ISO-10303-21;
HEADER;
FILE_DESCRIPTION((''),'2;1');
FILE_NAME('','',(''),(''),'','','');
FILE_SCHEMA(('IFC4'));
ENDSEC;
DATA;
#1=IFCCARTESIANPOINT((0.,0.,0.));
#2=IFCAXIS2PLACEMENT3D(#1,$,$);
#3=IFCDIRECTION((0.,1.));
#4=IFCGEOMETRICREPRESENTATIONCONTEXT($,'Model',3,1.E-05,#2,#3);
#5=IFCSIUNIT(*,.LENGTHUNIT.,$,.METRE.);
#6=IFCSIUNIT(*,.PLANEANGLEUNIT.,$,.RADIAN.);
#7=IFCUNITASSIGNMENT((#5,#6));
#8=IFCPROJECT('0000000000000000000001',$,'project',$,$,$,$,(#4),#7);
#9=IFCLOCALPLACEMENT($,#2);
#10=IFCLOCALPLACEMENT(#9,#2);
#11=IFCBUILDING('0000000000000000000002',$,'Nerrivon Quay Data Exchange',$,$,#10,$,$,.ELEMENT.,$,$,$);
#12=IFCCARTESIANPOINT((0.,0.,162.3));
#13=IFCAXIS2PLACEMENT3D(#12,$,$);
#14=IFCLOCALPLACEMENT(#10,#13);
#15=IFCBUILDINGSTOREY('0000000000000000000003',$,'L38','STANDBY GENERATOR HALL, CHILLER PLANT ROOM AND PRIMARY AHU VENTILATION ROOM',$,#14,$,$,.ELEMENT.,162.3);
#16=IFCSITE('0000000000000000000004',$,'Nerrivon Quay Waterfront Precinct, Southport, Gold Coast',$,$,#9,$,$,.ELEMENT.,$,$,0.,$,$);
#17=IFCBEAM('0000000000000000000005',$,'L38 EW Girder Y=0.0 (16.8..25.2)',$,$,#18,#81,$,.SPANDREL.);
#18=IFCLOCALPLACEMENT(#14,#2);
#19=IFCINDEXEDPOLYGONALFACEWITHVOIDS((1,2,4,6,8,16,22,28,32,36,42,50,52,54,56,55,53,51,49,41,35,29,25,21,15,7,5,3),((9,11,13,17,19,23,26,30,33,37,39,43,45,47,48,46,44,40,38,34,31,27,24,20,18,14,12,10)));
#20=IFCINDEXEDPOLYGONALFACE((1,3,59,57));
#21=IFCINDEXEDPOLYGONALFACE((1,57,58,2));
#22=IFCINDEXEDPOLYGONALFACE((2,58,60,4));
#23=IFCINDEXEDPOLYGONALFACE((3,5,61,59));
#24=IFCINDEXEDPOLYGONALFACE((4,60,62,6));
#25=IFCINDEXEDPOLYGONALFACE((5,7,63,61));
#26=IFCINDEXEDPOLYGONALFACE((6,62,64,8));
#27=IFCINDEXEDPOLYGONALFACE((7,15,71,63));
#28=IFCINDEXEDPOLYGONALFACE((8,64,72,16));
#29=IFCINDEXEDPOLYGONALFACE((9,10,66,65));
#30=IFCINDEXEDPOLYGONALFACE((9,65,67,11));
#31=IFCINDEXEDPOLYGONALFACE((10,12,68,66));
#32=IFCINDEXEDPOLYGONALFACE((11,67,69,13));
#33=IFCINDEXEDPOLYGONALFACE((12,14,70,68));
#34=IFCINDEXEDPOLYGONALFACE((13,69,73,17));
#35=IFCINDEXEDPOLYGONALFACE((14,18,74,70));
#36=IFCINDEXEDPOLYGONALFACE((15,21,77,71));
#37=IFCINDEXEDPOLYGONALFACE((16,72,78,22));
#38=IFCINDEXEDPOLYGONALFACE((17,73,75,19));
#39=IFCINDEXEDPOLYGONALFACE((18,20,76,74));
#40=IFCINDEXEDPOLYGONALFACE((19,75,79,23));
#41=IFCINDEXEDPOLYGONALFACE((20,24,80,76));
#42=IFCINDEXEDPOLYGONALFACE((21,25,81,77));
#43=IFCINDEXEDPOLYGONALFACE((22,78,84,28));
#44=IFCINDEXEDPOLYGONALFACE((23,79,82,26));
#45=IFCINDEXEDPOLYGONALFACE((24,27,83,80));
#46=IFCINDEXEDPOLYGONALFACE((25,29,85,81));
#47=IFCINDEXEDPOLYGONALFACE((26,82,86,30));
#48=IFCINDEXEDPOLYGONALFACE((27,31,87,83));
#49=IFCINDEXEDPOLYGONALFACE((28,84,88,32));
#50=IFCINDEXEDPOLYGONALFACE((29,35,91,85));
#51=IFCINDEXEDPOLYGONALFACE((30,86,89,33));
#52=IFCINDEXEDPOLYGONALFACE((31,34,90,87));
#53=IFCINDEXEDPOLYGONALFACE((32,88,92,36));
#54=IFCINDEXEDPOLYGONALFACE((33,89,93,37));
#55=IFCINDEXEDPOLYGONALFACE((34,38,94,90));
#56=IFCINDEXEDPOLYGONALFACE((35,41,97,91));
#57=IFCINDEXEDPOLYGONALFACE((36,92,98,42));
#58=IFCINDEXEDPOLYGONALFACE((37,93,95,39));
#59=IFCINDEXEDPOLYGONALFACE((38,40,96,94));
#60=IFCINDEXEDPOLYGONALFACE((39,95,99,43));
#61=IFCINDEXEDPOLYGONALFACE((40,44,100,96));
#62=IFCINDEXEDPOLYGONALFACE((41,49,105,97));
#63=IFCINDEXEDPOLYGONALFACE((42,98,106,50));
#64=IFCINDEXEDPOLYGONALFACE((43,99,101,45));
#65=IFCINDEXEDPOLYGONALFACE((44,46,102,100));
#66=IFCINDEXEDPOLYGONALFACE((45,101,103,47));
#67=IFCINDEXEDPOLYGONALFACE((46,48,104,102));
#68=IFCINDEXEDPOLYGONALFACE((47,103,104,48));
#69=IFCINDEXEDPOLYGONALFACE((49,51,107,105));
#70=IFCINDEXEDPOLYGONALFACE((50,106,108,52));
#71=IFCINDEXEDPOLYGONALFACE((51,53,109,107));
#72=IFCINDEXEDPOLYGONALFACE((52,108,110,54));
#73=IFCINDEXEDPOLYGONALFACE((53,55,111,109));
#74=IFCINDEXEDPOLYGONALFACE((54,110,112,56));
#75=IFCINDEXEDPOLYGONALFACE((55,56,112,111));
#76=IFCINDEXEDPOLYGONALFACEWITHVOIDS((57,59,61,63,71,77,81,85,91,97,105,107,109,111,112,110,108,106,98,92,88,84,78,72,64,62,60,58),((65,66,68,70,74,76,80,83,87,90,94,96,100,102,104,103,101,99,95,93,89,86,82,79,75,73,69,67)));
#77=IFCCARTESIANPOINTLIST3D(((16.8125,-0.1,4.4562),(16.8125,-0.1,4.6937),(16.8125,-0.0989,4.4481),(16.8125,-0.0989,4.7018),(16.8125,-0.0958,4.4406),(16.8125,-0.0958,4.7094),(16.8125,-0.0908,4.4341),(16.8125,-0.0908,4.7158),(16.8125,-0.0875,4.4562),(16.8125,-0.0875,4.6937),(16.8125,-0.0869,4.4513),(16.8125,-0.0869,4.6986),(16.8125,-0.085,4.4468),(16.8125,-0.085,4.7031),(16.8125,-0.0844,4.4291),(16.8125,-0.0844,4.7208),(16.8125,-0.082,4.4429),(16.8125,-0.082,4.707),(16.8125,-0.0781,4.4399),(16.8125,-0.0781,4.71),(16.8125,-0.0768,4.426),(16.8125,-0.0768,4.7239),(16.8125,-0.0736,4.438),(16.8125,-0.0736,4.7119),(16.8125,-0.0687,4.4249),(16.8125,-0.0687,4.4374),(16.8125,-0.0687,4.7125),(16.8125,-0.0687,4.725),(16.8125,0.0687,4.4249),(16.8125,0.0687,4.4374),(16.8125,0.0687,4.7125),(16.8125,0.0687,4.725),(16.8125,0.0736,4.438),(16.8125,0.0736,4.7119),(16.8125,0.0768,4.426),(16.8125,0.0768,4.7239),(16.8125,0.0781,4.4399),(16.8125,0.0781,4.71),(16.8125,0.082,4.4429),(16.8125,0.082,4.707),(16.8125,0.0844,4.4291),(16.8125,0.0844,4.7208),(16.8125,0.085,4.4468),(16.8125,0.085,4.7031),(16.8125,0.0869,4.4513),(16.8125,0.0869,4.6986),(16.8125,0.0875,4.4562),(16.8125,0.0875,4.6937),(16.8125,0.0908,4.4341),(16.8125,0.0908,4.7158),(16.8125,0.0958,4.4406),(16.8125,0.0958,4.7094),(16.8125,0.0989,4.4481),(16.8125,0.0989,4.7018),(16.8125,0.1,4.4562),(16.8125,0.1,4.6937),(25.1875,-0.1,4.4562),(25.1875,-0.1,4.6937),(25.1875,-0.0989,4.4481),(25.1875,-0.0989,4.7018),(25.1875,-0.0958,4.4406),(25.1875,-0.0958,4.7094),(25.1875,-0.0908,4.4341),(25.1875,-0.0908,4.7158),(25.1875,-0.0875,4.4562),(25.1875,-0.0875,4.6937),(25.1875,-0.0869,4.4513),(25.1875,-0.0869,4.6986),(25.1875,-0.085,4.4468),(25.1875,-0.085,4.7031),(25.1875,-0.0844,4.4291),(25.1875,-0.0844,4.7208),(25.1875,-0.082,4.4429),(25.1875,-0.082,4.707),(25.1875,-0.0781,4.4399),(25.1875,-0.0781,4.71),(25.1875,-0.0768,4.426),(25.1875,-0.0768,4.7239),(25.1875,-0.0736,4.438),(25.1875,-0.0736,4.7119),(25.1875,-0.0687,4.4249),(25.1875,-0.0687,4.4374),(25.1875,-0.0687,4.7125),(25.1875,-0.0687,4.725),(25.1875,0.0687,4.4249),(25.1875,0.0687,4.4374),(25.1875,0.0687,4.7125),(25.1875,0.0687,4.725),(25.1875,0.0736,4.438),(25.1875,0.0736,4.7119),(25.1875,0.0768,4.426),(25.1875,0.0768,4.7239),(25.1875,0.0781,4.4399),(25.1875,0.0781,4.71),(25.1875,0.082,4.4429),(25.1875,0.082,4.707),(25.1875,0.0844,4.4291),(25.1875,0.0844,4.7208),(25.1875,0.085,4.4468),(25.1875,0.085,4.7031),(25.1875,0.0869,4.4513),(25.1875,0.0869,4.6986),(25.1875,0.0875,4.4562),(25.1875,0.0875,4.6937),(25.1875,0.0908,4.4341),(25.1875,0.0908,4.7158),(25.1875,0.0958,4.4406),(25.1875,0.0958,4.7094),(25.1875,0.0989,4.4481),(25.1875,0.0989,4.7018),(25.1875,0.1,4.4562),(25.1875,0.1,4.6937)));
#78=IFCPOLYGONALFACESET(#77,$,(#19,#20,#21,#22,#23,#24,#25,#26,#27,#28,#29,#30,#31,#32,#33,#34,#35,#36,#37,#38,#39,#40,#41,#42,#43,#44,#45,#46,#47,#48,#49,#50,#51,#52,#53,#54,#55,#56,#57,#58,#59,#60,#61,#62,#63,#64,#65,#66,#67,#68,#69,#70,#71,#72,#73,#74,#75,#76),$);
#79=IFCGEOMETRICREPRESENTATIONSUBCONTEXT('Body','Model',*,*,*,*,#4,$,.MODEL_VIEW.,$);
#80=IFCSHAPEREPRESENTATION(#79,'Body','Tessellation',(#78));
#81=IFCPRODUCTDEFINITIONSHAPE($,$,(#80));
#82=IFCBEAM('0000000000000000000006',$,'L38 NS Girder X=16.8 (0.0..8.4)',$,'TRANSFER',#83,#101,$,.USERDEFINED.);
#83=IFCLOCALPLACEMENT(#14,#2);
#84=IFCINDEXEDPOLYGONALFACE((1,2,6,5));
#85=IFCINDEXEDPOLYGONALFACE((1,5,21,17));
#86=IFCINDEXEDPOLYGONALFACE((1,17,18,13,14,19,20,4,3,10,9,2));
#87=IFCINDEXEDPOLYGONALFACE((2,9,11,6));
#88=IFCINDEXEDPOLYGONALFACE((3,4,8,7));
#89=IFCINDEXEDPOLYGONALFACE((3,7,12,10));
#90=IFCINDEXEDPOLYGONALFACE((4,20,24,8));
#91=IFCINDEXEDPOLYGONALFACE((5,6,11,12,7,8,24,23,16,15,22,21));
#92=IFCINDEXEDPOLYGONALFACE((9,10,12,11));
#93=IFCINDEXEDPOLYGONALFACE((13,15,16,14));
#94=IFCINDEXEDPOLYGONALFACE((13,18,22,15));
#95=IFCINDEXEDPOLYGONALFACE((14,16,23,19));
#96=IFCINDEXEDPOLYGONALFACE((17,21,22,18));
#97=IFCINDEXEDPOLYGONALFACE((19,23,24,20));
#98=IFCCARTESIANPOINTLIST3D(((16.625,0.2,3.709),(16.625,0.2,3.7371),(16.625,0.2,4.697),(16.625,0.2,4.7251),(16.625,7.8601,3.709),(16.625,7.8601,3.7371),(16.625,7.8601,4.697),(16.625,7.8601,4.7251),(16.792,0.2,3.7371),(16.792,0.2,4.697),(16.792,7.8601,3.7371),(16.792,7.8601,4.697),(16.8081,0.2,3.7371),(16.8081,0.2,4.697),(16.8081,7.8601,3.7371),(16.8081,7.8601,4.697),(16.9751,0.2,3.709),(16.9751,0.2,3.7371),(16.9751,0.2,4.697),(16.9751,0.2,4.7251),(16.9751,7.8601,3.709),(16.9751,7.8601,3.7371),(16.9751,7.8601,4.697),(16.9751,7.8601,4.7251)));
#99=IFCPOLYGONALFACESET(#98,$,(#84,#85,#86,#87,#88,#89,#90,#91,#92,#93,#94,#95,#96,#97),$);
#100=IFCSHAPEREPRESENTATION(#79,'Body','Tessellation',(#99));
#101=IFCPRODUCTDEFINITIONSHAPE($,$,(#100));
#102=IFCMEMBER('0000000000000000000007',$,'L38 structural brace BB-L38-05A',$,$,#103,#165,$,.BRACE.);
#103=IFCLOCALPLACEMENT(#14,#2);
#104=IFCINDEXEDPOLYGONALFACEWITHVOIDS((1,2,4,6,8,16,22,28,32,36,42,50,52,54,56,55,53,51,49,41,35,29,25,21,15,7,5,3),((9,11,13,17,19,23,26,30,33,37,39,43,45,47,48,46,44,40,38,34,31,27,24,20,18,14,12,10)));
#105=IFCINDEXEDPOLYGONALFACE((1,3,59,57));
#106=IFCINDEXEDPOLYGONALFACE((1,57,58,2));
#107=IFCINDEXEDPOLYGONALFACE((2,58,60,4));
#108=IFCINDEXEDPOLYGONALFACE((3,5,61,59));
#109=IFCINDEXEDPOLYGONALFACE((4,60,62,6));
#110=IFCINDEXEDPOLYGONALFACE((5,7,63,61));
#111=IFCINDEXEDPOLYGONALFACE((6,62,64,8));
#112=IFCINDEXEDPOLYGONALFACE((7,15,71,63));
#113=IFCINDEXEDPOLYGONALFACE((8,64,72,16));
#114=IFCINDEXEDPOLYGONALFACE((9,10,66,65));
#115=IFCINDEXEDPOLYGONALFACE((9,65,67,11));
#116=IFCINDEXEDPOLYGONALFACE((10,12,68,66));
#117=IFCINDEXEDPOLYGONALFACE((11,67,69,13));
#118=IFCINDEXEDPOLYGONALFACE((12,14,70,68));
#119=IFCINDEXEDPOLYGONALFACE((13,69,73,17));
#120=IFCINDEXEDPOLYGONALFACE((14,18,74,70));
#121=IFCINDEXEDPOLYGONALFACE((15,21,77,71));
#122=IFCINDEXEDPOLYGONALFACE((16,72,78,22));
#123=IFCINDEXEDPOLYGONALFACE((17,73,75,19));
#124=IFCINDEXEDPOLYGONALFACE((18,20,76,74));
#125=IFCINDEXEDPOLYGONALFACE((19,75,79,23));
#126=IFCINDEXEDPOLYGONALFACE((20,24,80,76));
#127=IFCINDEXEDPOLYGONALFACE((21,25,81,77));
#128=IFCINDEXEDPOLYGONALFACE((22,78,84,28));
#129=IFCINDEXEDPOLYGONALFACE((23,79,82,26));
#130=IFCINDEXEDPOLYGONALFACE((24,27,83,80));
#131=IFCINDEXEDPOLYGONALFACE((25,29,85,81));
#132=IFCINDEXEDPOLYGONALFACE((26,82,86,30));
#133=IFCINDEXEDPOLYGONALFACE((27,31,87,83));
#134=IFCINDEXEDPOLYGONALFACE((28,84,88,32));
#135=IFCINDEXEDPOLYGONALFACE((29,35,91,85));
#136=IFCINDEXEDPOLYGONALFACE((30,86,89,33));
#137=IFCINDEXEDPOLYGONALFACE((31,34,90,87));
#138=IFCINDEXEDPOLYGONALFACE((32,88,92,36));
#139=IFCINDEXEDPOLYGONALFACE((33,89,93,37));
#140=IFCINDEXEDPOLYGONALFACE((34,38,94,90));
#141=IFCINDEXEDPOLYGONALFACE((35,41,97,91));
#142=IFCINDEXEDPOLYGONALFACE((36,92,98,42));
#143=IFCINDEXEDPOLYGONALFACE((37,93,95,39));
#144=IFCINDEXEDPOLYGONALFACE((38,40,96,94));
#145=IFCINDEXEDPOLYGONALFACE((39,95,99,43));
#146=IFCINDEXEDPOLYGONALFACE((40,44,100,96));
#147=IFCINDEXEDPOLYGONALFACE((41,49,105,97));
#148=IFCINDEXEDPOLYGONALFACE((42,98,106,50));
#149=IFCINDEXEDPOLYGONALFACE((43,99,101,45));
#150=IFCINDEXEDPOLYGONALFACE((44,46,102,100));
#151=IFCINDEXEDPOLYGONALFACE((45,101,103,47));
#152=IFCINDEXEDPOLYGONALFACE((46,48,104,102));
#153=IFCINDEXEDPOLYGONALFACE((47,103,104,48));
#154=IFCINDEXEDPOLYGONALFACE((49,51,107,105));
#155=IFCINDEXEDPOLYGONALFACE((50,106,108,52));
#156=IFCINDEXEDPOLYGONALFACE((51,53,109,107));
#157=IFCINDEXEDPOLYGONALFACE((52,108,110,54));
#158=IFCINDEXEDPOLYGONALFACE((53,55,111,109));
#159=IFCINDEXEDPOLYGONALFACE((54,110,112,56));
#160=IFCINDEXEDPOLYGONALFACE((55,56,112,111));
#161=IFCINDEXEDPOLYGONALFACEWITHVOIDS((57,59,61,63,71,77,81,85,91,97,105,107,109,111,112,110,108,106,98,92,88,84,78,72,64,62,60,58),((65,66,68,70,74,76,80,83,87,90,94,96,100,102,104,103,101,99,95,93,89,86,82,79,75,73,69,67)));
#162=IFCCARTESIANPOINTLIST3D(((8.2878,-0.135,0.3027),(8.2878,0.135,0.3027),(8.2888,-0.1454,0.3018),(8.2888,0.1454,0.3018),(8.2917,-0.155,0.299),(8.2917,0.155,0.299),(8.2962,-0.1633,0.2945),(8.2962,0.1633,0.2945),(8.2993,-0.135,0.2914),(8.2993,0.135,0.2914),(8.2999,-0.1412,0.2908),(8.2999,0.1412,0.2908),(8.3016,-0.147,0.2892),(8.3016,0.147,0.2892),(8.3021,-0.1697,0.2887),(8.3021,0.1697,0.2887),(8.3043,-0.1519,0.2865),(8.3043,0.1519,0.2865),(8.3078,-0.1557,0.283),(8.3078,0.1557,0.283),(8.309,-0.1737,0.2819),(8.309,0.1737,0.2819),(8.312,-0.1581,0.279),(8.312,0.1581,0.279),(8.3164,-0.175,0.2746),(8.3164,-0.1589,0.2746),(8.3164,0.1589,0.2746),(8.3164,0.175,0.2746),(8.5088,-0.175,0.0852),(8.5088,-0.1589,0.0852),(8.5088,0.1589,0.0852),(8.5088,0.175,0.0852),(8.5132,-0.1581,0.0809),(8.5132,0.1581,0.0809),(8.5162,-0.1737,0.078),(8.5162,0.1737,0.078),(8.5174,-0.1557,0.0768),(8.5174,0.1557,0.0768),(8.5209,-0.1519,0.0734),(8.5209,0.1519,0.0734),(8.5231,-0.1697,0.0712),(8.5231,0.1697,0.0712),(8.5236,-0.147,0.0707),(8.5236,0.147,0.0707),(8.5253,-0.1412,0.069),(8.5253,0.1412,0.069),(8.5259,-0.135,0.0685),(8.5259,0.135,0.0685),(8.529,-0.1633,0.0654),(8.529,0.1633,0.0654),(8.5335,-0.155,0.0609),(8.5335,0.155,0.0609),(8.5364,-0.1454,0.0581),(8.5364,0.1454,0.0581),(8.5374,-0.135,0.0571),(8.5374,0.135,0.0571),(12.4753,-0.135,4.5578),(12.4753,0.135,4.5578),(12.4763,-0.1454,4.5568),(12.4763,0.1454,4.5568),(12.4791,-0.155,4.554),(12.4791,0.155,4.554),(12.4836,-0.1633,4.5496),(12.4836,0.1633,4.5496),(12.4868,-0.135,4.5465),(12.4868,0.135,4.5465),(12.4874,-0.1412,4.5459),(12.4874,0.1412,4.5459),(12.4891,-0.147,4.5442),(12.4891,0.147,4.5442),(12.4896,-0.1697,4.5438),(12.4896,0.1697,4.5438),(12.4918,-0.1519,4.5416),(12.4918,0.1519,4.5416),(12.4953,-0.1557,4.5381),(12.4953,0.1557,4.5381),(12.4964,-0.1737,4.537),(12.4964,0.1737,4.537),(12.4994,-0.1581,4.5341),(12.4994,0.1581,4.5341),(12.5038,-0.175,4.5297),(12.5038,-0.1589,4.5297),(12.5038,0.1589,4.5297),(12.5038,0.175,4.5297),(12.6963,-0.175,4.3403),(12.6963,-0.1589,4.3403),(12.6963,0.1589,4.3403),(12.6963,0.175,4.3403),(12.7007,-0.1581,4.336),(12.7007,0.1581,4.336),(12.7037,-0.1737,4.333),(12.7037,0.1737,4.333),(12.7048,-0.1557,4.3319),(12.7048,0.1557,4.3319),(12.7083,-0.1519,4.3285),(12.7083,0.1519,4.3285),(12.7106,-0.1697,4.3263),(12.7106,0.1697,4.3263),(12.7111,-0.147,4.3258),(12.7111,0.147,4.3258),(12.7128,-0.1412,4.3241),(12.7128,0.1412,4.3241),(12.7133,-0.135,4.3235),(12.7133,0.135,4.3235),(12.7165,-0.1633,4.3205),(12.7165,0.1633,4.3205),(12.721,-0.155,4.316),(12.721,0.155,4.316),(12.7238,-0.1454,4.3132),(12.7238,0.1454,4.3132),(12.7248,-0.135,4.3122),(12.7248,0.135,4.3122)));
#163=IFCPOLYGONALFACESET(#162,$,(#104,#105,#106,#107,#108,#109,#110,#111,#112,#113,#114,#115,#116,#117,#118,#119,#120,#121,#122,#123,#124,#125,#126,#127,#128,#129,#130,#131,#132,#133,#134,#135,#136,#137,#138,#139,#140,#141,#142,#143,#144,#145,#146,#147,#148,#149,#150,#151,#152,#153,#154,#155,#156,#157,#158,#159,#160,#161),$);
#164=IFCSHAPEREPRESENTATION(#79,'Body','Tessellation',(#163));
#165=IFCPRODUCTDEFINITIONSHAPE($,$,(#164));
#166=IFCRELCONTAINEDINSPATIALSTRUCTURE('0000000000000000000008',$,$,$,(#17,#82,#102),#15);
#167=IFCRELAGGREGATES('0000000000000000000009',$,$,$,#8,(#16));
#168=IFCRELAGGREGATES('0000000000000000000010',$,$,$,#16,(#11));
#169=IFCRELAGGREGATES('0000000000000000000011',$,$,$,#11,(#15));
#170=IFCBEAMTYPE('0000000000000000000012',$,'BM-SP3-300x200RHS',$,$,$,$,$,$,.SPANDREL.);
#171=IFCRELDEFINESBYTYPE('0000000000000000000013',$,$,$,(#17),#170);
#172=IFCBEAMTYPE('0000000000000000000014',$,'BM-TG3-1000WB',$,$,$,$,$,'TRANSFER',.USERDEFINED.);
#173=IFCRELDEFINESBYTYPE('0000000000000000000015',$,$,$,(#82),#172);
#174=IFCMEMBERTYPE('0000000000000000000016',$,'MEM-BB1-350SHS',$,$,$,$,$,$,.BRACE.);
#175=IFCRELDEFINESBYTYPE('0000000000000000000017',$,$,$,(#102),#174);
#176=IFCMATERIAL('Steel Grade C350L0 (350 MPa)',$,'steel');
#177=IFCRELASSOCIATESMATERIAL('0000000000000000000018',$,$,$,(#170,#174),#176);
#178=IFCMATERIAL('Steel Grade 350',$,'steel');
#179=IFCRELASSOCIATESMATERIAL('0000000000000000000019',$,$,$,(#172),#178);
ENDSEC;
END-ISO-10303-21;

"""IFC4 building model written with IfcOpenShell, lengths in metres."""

from ifc_helpers import new_model, si_unit, direction, frame, origin, origin_2d, place, context, subcontext, project, spatial, hollow_rectangle, i_section, extrude, material, material_profile, profile_set, type_object, element, save


model = new_model("IFC4")

# Units and contexts
model_context = context("Model", 3, precision=1e-05, world=origin(), true_north=direction((0.0, 1.0)))
body_context = subcontext(model_context, "Body", "Model", "MODEL_VIEW")
ifc_project = project(units=[si_unit("LENGTHUNIT", "METRE"), si_unit("PLANEANGLEUNIT", "RADIAN")], contexts=[model_context])

# Site, building, storey
site_placement = place(None, origin())
site = spatial("IfcSite", under=ifc_project, at=site_placement, Name="Nerrivon Quay Waterfront Precinct, Southport, Gold Coast", CompositionType="ELEMENT", RefElevation=0.0)
building_placement = place(site_placement, origin())
building = spatial("IfcBuilding", under=site, at=building_placement, Name="Nerrivon Quay Data Exchange", CompositionType="ELEMENT")
storey_placement = place(building_placement, frame((0.0, 0.0, 162.3)))
storey = spatial("IfcBuildingStorey", under=building, at=storey_placement, Name="L38", Description="STANDBY GENERATOR HALL, CHILLER PLANT ROOM AND PRIMARY AHU VENTILATION ROOM", CompositionType="ELEMENT", Elevation=162.3)

# Shared definitions
ifc_material_1 = material(Name="Steel Grade 350", Category="steel")

# Beams
ifc_material_2 = material(Name="Steel Grade C350L0 (350 MPa)", Category="steel")
ifc_material_profile_1 = material_profile(ifc_material_2, hollow_rectangle(XDim=0.2, YDim=0.3, WallThickness=0.0125, InnerFilletRadius=0.0188, OuterFilletRadius=0.0312, at=origin_2d()), Name="300x200x12.5RHS")
ifc_profile_set_1 = profile_set([ifc_material_profile_1], Name="Steel Grade C350L0 (350 MPa)")
beam_type_1 = type_object("IfcBeamType", Name="BM-SP3-300x200RHS", PredefinedType="SPANDREL", material=ifc_profile_set_1)
for number, where, z_axis, x_axis, name in (
    (1, (16.8125, 0.0, 4.575), (1.0, 0.0, 0.0), (0.0, 1.0, 0.0), "L38 EW Girder Y=0.0 (16.8..25.2)"),
):
    element("IfcBeam", number, at=place(storey_placement, frame(where, z_axis=z_axis, x_axis=x_axis)), inside=storey, type_object=beam_type_1, Name=name, PredefinedType="SPANDREL", context=body_context, shape_type="SweptSolid", body=[
        extrude(hollow_rectangle(XDim=0.2, YDim=0.3, WallThickness=0.0125, InnerFilletRadius=0.0188, OuterFilletRadius=0.0312, at=origin_2d()), origin(), (0.0, 0.0, 1.0), 8.375),
    ])
ifc_material_profile_2 = material_profile(ifc_material_1, i_section(OverallWidth=0.3501, OverallDepth=1.0161, WebThickness=0.0161, FlangeThickness=0.0281, at=origin_2d()), Name="1000WB258")
ifc_profile_set_2 = profile_set([ifc_material_profile_2], Name="Steel Grade 350")
beam_type_2 = type_object("IfcBeamType", Name="BM-TG3-1000WB", ElementType="TRANSFER", PredefinedType="USERDEFINED", material=ifc_profile_set_2)
beam_1_placement = place(storey_placement, frame((16.8, 0.2, 4.217), z_axis=(0.0, 1.0, 0.0), x_axis=(-1.0, 0.0, 0.0)))
element("IfcBeam", 2, at=beam_1_placement, inside=storey, type_object=beam_type_2, Name="L38 NS Girder X=16.8 (0.0..8.4)", ObjectType="TRANSFER", PredefinedType="USERDEFINED", context=body_context, shape_type="SweptSolid", body=[
    extrude(i_section(OverallWidth=0.3501, OverallDepth=1.0161, WebThickness=0.0161, FlangeThickness=0.0281, at=origin_2d()), origin(), (0.0, 0.0, 1.0), 7.6602),
])

# Member
ifc_material_profile_3 = material_profile(ifc_material_2, hollow_rectangle(XDim=0.3501, YDim=0.3501, WallThickness=0.0161, InnerFilletRadius=0.0239, OuterFilletRadius=0.04, at=origin_2d()), Name="350x350x16.0SHS")
ifc_profile_set_3 = profile_set([ifc_material_profile_3], Name="Steel Grade C350L0 (350 MPa)")
member_type = type_object("IfcMemberType", Name="MEM-BB1-350SHS", PredefinedType="BRACE", material=ifc_profile_set_3)
for number, where, z_axis, x_axis, name in (
    (3, (8.4126, 0.0, 0.1799), (0.70142, 0.0, 0.712748), (0.0, 1.0, 0.0), "L38 structural brace BB-L38-05A"),
):
    element("IfcMember", number, at=place(storey_placement, frame(where, z_axis=z_axis, x_axis=x_axis)), inside=storey, type_object=member_type, Name=name, PredefinedType="BRACE", context=body_context, shape_type="SweptSolid", body=[
        extrude(hollow_rectangle(XDim=0.3501, YDim=0.3501, WallThickness=0.0161, InnerFilletRadius=0.0239, OuterFilletRadius=0.04, at=origin_2d()), origin(), (0.0, 0.0, 1.0), 5.97),
    ])

save(model, "model.ifc")
